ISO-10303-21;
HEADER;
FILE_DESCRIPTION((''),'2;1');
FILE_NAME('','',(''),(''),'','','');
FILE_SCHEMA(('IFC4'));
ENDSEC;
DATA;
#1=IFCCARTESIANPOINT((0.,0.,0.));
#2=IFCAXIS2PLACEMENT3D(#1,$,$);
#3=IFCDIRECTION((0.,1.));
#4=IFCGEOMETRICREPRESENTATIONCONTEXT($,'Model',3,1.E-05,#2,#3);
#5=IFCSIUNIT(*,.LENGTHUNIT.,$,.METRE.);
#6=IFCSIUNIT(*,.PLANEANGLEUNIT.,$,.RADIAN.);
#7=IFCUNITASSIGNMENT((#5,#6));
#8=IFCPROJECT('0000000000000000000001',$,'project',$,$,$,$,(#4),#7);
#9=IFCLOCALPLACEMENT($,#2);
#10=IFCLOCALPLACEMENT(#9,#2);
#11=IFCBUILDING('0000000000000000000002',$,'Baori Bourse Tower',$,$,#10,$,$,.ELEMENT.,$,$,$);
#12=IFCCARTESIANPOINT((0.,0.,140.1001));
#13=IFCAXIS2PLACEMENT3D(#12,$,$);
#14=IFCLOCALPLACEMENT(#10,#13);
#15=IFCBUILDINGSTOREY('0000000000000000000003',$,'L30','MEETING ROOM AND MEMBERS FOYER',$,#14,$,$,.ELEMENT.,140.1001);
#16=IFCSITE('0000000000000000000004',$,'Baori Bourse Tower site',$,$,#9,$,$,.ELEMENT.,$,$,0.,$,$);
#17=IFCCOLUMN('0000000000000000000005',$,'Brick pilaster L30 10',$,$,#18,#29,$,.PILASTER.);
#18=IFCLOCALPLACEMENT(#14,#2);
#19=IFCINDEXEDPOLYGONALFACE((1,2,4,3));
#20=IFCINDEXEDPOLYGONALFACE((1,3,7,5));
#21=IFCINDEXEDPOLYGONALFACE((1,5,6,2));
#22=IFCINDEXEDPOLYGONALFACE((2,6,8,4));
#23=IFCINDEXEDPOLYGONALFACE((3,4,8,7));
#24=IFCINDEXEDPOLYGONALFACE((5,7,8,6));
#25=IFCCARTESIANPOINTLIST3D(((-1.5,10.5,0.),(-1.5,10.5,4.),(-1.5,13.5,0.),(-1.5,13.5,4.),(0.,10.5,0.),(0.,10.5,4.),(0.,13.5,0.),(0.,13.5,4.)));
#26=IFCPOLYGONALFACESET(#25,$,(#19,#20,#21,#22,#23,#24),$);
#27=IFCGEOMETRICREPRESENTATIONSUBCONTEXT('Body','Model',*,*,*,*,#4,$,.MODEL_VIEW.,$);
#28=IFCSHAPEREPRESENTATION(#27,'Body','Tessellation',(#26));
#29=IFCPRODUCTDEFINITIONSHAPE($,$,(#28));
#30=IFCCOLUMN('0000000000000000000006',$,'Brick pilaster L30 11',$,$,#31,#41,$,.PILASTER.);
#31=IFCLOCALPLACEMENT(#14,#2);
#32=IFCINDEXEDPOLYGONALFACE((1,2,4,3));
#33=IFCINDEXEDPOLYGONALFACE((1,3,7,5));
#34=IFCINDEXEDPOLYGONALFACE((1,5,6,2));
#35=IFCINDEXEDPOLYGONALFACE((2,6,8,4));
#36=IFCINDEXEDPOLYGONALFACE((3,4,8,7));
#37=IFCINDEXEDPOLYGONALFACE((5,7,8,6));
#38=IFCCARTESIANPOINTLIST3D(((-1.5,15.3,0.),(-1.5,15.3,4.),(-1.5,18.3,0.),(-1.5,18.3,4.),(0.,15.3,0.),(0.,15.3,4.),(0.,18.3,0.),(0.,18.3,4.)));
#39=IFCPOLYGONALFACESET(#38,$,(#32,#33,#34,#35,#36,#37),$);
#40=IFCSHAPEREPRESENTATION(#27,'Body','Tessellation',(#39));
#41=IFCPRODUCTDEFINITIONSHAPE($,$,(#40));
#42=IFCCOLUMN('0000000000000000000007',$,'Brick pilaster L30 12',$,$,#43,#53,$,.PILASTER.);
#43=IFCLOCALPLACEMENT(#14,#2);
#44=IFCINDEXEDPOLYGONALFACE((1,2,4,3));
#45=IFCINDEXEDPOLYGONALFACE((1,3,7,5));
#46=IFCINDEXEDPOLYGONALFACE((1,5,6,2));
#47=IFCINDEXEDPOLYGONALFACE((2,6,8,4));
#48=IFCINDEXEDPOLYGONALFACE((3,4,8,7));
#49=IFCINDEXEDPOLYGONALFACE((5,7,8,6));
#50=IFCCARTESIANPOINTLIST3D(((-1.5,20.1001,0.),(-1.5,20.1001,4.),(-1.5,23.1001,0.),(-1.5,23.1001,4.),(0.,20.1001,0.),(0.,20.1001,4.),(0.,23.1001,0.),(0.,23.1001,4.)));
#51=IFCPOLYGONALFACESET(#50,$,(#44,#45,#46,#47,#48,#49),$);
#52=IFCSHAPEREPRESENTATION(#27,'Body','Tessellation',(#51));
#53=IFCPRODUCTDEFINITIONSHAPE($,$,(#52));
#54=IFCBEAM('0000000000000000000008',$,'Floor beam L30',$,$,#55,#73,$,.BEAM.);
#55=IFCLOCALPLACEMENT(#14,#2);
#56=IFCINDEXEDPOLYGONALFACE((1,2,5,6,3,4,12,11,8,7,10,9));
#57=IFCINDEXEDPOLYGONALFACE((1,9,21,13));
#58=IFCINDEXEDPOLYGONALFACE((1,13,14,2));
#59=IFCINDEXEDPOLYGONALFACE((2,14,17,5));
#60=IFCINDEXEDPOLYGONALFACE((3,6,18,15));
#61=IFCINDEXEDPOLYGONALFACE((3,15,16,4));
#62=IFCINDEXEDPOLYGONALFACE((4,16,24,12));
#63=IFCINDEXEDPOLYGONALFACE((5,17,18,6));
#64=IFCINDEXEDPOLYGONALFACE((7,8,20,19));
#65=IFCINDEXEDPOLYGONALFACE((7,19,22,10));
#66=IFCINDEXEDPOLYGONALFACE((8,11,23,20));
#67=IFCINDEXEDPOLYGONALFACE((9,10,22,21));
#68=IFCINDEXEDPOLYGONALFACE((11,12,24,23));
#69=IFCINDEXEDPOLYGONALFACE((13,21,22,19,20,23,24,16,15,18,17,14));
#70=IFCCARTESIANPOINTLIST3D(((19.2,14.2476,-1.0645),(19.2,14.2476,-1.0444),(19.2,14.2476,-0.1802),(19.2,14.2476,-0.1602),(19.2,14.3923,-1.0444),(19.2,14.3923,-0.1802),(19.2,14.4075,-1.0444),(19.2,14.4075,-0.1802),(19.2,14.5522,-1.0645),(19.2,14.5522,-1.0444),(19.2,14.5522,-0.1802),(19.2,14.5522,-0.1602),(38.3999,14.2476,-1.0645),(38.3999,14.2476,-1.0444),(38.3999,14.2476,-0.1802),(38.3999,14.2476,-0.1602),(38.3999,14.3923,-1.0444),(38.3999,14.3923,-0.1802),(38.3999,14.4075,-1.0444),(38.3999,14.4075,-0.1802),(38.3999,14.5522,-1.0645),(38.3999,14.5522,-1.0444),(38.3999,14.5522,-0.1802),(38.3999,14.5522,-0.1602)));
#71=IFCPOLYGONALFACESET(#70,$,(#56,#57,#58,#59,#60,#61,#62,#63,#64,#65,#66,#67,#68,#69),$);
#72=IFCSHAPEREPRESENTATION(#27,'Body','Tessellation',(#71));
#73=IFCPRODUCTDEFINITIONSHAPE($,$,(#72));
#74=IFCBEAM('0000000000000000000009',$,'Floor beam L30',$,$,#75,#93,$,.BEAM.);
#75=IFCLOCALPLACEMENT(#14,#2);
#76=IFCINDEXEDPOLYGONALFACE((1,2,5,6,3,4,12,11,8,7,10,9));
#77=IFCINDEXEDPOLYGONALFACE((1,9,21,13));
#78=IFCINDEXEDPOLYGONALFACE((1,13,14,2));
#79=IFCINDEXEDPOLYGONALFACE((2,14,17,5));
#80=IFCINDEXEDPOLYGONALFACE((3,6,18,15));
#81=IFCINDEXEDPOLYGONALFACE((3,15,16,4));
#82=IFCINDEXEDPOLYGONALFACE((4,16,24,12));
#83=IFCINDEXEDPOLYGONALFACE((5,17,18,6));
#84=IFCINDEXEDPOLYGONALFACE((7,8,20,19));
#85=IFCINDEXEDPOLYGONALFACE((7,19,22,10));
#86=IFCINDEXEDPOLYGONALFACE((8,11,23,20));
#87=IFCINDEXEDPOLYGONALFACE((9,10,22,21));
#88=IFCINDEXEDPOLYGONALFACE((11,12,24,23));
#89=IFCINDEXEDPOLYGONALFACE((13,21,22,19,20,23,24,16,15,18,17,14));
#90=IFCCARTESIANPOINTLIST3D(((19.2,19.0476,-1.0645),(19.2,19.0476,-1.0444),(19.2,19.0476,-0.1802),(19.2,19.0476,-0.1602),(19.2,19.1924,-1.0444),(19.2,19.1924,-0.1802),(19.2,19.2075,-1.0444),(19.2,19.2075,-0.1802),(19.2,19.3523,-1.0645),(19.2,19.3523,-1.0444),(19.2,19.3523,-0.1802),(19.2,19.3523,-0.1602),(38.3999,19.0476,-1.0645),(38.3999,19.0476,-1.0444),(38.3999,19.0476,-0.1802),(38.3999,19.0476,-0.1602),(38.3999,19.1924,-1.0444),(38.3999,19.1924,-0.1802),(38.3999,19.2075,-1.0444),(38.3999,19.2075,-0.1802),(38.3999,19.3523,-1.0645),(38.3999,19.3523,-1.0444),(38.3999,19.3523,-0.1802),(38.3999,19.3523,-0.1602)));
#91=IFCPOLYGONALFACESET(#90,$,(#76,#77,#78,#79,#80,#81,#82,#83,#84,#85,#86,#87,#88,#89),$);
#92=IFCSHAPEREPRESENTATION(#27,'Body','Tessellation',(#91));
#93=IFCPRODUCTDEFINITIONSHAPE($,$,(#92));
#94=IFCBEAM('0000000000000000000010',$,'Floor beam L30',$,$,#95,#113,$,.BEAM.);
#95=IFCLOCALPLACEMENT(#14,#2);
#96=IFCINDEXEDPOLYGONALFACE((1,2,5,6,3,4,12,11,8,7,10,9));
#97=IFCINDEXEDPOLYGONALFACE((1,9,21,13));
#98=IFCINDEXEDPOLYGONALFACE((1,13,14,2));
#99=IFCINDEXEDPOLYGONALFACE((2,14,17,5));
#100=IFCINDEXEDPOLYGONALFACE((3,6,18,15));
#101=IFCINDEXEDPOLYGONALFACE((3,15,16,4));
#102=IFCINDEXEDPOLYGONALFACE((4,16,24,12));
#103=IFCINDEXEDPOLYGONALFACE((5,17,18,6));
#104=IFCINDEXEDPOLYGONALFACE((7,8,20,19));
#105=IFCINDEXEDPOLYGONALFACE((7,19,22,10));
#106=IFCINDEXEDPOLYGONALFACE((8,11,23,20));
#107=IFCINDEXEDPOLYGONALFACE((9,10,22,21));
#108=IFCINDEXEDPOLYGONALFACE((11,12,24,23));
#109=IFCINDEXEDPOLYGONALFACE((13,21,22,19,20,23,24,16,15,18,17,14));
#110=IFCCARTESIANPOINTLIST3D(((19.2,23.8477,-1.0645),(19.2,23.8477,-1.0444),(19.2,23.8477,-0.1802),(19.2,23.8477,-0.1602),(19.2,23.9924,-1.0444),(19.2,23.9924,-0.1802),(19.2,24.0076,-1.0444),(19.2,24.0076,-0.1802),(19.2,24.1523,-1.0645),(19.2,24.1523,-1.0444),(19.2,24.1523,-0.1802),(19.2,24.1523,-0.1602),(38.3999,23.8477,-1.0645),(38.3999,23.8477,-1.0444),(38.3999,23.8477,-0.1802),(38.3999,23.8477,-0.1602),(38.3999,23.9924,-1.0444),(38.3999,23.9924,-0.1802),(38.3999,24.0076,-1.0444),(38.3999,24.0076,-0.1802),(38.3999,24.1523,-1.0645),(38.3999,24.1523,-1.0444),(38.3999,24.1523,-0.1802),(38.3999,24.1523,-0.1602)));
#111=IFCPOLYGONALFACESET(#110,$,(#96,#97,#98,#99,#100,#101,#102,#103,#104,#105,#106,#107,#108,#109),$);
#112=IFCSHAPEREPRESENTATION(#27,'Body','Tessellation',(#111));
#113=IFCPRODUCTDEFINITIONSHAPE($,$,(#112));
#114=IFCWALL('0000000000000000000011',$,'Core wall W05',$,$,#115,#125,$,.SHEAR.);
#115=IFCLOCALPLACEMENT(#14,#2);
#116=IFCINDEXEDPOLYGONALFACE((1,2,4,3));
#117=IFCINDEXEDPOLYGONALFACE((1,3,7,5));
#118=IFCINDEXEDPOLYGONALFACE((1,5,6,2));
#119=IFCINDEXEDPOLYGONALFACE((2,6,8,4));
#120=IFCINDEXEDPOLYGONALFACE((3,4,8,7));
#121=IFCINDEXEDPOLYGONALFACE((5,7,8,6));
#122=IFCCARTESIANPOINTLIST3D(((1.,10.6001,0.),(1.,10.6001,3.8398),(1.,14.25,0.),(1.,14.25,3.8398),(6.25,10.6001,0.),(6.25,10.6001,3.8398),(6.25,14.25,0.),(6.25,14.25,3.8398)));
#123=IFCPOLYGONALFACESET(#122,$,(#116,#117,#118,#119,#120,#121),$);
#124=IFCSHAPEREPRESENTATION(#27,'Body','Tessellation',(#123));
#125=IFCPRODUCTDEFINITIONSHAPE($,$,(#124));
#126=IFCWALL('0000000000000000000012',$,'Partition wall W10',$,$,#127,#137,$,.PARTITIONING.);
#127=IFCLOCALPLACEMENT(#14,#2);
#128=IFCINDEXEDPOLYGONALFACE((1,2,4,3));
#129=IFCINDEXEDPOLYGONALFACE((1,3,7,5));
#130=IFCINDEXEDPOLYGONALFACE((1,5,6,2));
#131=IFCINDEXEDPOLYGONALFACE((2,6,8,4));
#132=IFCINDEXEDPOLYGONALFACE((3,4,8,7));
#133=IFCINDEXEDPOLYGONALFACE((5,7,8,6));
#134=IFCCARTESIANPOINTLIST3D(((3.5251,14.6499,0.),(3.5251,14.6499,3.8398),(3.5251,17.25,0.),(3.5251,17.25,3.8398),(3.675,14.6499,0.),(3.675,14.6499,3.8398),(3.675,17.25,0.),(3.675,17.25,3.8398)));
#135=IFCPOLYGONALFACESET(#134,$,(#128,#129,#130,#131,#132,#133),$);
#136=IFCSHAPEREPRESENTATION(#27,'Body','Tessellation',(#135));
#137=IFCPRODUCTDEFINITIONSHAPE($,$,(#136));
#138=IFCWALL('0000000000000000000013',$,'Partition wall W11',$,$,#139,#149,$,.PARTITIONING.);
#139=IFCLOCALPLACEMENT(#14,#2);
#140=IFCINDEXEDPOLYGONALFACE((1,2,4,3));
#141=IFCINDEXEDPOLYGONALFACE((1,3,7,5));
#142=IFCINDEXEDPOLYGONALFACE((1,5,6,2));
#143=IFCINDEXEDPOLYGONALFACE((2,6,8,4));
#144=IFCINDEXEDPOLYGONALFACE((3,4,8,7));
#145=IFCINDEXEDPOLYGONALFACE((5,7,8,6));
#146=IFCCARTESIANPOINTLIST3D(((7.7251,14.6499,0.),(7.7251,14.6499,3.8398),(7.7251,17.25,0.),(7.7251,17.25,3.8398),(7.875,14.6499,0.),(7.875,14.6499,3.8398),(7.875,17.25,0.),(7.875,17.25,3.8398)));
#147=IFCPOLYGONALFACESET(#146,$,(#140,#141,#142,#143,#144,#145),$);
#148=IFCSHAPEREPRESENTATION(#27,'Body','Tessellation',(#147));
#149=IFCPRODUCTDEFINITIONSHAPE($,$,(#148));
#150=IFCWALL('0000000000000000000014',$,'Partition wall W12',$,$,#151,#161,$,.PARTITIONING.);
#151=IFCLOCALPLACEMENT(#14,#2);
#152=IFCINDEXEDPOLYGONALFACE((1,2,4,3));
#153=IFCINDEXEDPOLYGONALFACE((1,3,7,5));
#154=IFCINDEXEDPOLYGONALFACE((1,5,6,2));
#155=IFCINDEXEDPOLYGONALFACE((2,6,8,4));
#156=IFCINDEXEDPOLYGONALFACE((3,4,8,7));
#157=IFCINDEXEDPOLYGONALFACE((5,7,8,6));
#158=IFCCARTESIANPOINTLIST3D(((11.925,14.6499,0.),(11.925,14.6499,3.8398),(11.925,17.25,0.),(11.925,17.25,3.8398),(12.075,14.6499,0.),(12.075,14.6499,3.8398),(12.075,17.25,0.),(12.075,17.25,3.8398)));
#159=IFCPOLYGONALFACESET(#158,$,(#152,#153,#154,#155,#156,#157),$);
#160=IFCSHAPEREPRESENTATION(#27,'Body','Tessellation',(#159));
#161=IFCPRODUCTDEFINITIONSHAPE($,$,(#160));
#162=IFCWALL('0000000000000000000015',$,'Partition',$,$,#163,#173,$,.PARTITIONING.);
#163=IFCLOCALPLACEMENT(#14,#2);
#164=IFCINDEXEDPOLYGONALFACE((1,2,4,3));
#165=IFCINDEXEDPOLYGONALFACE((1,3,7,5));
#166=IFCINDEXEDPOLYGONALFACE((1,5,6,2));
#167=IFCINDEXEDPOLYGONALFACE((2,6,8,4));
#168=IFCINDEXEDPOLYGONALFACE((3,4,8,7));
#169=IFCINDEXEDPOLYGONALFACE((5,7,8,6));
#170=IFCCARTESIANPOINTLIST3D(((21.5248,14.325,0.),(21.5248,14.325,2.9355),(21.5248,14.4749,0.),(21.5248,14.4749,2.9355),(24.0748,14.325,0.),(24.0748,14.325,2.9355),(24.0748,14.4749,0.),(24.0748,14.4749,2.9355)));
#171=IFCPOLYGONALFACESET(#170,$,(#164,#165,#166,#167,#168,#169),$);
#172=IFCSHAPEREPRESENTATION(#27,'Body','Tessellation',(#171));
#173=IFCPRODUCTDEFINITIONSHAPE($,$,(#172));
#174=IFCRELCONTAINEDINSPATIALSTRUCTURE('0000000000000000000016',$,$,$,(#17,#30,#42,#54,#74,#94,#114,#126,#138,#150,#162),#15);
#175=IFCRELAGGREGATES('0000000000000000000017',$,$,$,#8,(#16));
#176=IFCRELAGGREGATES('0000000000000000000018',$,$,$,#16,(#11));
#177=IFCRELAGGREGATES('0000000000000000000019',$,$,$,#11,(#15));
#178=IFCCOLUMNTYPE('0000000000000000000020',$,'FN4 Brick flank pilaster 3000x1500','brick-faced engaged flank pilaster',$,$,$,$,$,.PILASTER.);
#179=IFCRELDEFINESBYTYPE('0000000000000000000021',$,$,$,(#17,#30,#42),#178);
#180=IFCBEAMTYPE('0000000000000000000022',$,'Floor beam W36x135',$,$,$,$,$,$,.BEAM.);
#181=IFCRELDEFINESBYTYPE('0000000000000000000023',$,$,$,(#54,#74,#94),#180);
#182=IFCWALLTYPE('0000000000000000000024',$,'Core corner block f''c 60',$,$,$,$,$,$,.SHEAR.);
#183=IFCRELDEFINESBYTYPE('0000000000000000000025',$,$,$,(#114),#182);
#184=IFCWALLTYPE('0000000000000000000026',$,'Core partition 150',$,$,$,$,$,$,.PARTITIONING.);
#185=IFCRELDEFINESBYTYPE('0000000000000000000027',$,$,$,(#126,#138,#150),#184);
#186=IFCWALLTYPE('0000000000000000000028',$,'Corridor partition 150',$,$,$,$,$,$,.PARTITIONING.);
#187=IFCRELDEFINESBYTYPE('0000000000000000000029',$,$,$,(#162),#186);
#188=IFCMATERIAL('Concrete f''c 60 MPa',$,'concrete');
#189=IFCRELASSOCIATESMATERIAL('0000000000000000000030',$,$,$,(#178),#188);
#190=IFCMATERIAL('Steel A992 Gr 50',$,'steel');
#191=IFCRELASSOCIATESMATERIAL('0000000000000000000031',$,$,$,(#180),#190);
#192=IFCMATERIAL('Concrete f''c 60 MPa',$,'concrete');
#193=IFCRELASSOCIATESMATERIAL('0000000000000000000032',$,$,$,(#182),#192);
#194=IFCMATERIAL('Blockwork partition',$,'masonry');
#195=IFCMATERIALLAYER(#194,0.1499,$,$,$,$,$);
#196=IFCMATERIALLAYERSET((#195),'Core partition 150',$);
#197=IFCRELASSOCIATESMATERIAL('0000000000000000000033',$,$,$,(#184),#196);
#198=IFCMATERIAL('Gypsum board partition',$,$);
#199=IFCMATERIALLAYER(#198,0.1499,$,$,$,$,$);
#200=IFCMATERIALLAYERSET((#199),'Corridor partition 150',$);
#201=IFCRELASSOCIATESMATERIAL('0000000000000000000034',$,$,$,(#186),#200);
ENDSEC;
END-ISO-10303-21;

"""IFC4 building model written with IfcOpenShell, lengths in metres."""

from ifc_helpers import new_model, si_unit, direction, frame, frame_2d, origin, origin_2d, place, context, subcontext, project, spatial, rectangle, i_section, extrude, material, layer, layer_set, material_profile, profile_set, type_object, element, save


model = new_model("IFC4")

# Units and contexts
model_context = context("Model", 3, precision=1e-05, world=origin(), true_north=direction((0.0, 1.0)))
body_context = subcontext(model_context, "Body", "Model", "MODEL_VIEW")
ifc_project = project(units=[si_unit("LENGTHUNIT", "METRE"), si_unit("PLANEANGLEUNIT", "RADIAN")], contexts=[model_context])

# Site, building, storey
site_placement = place(None, origin())
site = spatial("IfcSite", under=ifc_project, at=site_placement, Name="Baori Bourse Tower site", CompositionType="ELEMENT", RefElevation=0.0)
building_placement = place(site_placement, origin())
building = spatial("IfcBuilding", under=site, at=building_placement, Name="Baori Bourse Tower", CompositionType="ELEMENT")
storey_placement = place(building_placement, frame((0.0, 0.0, 140.1001)))
storey = spatial("IfcBuildingStorey", under=building, at=storey_placement, Name="L30", Description="MEETING ROOM AND MEMBERS FOYER", CompositionType="ELEMENT", Elevation=140.1001)

# Columns
ifc_material_1 = material(Name="Concrete f'c 60 MPa", Category="concrete")
ifc_material_profile_1 = material_profile(ifc_material_1, rectangle(XDim=3.0, YDim=1.5, at=origin_2d()), Name="RC 3000x1500")
ifc_profile_set_1 = profile_set([ifc_material_profile_1], Name="Concrete f'c 60 MPa")
column_type = type_object("IfcColumnType", Name="FN4 Brick flank pilaster 3000x1500", Description="brick-faced engaged flank pilaster", PredefinedType="PILASTER", material=ifc_profile_set_1)
for number, where, z_axis, x_axis, name in (
    (1, (-0.75, 12.0, 0.0), (0.0, 0.0, 1.0), (0.0, 1.0, 0.0), "Brick pilaster L30 10"),
    (2, (-0.75, 16.8, 0.0), (0.0, 0.0, 1.0), (0.0, 1.0, 0.0), "Brick pilaster L30 11"),
    (3, (-0.75, 21.6001, 0.0), (0.0, 0.0, 1.0), (0.0, 1.0, 0.0), "Brick pilaster L30 12"),
):
    element("IfcColumn", number, at=place(storey_placement, frame(where, z_axis=z_axis, x_axis=x_axis)), inside=storey, type_object=column_type, Name=name, PredefinedType="PILASTER", context=body_context, shape_type="SweptSolid", body=[
        extrude(rectangle(XDim=3.0, YDim=1.5, at=origin_2d()), origin(), (0.0, 0.0, 1.0), 4.0),
    ])

# Beams
ifc_material_2 = material(Name="Steel A992 Gr 50", Category="steel")
ifc_material_profile_2 = material_profile(ifc_material_2, i_section(OverallWidth=0.3047, OverallDepth=0.9043, WebThickness=0.0151, FlangeThickness=0.02, at=origin_2d()), Name="W36x135")
ifc_profile_set_2 = profile_set([ifc_material_profile_2], Name="Steel A992 Gr 50")
beam_type = type_object("IfcBeamType", Name="Floor beam W36x135", PredefinedType="BEAM", material=ifc_profile_set_2)
for number, where, z_axis, x_axis, name in (
    (4, (19.2, 14.3999, -0.6123), (1.0, 0.0, 0.0), (0.0, 1.0, 0.0), "Floor beam L30"),
    (5, (19.2, 19.2, -0.6123), (1.0, 0.0, 0.0), (0.0, 1.0, 0.0), "Floor beam L30"),
    (6, (19.2, 24.0, -0.6123), (1.0, 0.0, 0.0), (0.0, 1.0, 0.0), "Floor beam L30"),
):
    element("IfcBeam", number, at=place(storey_placement, frame(where, z_axis=z_axis, x_axis=x_axis)), inside=storey, type_object=beam_type, Name=name, PredefinedType="BEAM", context=body_context, shape_type="SweptSolid", body=[
        extrude(i_section(OverallWidth=0.3047, OverallDepth=0.9043, WebThickness=0.0151, FlangeThickness=0.02, at=origin_2d()), origin(), (0.0, 0.0, 1.0), 19.2),
    ])

# Walls
ifc_material_3 = material(Name="Concrete f'c 60 MPa", Category="concrete")
wall_type_1 = type_object("IfcWallType", Name="Core corner block f'c 60", PredefinedType="SHEAR", material=ifc_material_3)
wall_1_placement = place(storey_placement, frame((1.0, 12.425, 0.0), z_axis=(0.0, 0.0, 1.0), x_axis=(1.0, 0.0, 0.0)))
element("IfcWall", 7, at=wall_1_placement, inside=storey, type_object=wall_type_1, Name="Core wall W05", PredefinedType="SHEAR", context=body_context, shape_type="SweptSolid", body=[
    extrude(rectangle(XDim=5.25, YDim=3.6499, at=frame_2d((2.625, 0.0))), origin(), (0.0, 0.0, 1.0), 3.8398),
])
ifc_material_4 = material(Name="Blockwork partition", Category="masonry")
ifc_layer_1 = layer(ifc_material_4, 0.1499)
ifc_layer_set_1 = layer_set([ifc_layer_1], Name="Core partition 150")
wall_type_2 = type_object("IfcWallType", Name="Core partition 150", PredefinedType="PARTITIONING", material=ifc_layer_set_1)
for number, where, z_axis, x_axis, name in (
    (8, (3.6001, 14.6499, 0.0), (0.0, 0.0, 1.0), (0.0, 1.0, 0.0), "Partition wall W10"),
    (9, (7.8, 14.6499, 0.0), (0.0, 0.0, 1.0), (0.0, 1.0, 0.0), "Partition wall W11"),
    (10, (12.0, 14.6499, 0.0), (0.0, 0.0, 1.0), (0.0, 1.0, 0.0), "Partition wall W12"),
):
    element("IfcWall", number, at=place(storey_placement, frame(where, z_axis=z_axis, x_axis=x_axis)), inside=storey, type_object=wall_type_2, Name=name, PredefinedType="PARTITIONING", context=body_context, shape_type="SweptSolid", body=[
        extrude(rectangle(XDim=2.6001, YDim=0.1499, at=frame_2d((1.3, 0.0))), origin(), (0.0, 0.0, 1.0), 3.8398),
    ])
ifc_material_5 = material(Name="Gypsum board partition")
ifc_layer_2 = layer(ifc_material_5, 0.1499)
ifc_layer_set_2 = layer_set([ifc_layer_2], Name="Corridor partition 150")
wall_type_3 = type_object("IfcWallType", Name="Corridor partition 150", PredefinedType="PARTITIONING", material=ifc_layer_set_2)
wall_2_placement = place(storey_placement, frame((21.5249, 14.3999, 0.0), z_axis=(0.0, 0.0, 1.0), x_axis=(1.0, 0.0, 0.0)))
element("IfcWall", 11, at=wall_2_placement, inside=storey, type_object=wall_type_3, Name="Partition", PredefinedType="PARTITIONING", context=body_context, shape_type="SweptSolid", body=[
    extrude(rectangle(XDim=2.55, YDim=0.1499, at=frame_2d((1.2749, 0.0))), origin(), (0.0, 0.0, 1.0), 2.9355),
])

save(model, "model.ifc")
